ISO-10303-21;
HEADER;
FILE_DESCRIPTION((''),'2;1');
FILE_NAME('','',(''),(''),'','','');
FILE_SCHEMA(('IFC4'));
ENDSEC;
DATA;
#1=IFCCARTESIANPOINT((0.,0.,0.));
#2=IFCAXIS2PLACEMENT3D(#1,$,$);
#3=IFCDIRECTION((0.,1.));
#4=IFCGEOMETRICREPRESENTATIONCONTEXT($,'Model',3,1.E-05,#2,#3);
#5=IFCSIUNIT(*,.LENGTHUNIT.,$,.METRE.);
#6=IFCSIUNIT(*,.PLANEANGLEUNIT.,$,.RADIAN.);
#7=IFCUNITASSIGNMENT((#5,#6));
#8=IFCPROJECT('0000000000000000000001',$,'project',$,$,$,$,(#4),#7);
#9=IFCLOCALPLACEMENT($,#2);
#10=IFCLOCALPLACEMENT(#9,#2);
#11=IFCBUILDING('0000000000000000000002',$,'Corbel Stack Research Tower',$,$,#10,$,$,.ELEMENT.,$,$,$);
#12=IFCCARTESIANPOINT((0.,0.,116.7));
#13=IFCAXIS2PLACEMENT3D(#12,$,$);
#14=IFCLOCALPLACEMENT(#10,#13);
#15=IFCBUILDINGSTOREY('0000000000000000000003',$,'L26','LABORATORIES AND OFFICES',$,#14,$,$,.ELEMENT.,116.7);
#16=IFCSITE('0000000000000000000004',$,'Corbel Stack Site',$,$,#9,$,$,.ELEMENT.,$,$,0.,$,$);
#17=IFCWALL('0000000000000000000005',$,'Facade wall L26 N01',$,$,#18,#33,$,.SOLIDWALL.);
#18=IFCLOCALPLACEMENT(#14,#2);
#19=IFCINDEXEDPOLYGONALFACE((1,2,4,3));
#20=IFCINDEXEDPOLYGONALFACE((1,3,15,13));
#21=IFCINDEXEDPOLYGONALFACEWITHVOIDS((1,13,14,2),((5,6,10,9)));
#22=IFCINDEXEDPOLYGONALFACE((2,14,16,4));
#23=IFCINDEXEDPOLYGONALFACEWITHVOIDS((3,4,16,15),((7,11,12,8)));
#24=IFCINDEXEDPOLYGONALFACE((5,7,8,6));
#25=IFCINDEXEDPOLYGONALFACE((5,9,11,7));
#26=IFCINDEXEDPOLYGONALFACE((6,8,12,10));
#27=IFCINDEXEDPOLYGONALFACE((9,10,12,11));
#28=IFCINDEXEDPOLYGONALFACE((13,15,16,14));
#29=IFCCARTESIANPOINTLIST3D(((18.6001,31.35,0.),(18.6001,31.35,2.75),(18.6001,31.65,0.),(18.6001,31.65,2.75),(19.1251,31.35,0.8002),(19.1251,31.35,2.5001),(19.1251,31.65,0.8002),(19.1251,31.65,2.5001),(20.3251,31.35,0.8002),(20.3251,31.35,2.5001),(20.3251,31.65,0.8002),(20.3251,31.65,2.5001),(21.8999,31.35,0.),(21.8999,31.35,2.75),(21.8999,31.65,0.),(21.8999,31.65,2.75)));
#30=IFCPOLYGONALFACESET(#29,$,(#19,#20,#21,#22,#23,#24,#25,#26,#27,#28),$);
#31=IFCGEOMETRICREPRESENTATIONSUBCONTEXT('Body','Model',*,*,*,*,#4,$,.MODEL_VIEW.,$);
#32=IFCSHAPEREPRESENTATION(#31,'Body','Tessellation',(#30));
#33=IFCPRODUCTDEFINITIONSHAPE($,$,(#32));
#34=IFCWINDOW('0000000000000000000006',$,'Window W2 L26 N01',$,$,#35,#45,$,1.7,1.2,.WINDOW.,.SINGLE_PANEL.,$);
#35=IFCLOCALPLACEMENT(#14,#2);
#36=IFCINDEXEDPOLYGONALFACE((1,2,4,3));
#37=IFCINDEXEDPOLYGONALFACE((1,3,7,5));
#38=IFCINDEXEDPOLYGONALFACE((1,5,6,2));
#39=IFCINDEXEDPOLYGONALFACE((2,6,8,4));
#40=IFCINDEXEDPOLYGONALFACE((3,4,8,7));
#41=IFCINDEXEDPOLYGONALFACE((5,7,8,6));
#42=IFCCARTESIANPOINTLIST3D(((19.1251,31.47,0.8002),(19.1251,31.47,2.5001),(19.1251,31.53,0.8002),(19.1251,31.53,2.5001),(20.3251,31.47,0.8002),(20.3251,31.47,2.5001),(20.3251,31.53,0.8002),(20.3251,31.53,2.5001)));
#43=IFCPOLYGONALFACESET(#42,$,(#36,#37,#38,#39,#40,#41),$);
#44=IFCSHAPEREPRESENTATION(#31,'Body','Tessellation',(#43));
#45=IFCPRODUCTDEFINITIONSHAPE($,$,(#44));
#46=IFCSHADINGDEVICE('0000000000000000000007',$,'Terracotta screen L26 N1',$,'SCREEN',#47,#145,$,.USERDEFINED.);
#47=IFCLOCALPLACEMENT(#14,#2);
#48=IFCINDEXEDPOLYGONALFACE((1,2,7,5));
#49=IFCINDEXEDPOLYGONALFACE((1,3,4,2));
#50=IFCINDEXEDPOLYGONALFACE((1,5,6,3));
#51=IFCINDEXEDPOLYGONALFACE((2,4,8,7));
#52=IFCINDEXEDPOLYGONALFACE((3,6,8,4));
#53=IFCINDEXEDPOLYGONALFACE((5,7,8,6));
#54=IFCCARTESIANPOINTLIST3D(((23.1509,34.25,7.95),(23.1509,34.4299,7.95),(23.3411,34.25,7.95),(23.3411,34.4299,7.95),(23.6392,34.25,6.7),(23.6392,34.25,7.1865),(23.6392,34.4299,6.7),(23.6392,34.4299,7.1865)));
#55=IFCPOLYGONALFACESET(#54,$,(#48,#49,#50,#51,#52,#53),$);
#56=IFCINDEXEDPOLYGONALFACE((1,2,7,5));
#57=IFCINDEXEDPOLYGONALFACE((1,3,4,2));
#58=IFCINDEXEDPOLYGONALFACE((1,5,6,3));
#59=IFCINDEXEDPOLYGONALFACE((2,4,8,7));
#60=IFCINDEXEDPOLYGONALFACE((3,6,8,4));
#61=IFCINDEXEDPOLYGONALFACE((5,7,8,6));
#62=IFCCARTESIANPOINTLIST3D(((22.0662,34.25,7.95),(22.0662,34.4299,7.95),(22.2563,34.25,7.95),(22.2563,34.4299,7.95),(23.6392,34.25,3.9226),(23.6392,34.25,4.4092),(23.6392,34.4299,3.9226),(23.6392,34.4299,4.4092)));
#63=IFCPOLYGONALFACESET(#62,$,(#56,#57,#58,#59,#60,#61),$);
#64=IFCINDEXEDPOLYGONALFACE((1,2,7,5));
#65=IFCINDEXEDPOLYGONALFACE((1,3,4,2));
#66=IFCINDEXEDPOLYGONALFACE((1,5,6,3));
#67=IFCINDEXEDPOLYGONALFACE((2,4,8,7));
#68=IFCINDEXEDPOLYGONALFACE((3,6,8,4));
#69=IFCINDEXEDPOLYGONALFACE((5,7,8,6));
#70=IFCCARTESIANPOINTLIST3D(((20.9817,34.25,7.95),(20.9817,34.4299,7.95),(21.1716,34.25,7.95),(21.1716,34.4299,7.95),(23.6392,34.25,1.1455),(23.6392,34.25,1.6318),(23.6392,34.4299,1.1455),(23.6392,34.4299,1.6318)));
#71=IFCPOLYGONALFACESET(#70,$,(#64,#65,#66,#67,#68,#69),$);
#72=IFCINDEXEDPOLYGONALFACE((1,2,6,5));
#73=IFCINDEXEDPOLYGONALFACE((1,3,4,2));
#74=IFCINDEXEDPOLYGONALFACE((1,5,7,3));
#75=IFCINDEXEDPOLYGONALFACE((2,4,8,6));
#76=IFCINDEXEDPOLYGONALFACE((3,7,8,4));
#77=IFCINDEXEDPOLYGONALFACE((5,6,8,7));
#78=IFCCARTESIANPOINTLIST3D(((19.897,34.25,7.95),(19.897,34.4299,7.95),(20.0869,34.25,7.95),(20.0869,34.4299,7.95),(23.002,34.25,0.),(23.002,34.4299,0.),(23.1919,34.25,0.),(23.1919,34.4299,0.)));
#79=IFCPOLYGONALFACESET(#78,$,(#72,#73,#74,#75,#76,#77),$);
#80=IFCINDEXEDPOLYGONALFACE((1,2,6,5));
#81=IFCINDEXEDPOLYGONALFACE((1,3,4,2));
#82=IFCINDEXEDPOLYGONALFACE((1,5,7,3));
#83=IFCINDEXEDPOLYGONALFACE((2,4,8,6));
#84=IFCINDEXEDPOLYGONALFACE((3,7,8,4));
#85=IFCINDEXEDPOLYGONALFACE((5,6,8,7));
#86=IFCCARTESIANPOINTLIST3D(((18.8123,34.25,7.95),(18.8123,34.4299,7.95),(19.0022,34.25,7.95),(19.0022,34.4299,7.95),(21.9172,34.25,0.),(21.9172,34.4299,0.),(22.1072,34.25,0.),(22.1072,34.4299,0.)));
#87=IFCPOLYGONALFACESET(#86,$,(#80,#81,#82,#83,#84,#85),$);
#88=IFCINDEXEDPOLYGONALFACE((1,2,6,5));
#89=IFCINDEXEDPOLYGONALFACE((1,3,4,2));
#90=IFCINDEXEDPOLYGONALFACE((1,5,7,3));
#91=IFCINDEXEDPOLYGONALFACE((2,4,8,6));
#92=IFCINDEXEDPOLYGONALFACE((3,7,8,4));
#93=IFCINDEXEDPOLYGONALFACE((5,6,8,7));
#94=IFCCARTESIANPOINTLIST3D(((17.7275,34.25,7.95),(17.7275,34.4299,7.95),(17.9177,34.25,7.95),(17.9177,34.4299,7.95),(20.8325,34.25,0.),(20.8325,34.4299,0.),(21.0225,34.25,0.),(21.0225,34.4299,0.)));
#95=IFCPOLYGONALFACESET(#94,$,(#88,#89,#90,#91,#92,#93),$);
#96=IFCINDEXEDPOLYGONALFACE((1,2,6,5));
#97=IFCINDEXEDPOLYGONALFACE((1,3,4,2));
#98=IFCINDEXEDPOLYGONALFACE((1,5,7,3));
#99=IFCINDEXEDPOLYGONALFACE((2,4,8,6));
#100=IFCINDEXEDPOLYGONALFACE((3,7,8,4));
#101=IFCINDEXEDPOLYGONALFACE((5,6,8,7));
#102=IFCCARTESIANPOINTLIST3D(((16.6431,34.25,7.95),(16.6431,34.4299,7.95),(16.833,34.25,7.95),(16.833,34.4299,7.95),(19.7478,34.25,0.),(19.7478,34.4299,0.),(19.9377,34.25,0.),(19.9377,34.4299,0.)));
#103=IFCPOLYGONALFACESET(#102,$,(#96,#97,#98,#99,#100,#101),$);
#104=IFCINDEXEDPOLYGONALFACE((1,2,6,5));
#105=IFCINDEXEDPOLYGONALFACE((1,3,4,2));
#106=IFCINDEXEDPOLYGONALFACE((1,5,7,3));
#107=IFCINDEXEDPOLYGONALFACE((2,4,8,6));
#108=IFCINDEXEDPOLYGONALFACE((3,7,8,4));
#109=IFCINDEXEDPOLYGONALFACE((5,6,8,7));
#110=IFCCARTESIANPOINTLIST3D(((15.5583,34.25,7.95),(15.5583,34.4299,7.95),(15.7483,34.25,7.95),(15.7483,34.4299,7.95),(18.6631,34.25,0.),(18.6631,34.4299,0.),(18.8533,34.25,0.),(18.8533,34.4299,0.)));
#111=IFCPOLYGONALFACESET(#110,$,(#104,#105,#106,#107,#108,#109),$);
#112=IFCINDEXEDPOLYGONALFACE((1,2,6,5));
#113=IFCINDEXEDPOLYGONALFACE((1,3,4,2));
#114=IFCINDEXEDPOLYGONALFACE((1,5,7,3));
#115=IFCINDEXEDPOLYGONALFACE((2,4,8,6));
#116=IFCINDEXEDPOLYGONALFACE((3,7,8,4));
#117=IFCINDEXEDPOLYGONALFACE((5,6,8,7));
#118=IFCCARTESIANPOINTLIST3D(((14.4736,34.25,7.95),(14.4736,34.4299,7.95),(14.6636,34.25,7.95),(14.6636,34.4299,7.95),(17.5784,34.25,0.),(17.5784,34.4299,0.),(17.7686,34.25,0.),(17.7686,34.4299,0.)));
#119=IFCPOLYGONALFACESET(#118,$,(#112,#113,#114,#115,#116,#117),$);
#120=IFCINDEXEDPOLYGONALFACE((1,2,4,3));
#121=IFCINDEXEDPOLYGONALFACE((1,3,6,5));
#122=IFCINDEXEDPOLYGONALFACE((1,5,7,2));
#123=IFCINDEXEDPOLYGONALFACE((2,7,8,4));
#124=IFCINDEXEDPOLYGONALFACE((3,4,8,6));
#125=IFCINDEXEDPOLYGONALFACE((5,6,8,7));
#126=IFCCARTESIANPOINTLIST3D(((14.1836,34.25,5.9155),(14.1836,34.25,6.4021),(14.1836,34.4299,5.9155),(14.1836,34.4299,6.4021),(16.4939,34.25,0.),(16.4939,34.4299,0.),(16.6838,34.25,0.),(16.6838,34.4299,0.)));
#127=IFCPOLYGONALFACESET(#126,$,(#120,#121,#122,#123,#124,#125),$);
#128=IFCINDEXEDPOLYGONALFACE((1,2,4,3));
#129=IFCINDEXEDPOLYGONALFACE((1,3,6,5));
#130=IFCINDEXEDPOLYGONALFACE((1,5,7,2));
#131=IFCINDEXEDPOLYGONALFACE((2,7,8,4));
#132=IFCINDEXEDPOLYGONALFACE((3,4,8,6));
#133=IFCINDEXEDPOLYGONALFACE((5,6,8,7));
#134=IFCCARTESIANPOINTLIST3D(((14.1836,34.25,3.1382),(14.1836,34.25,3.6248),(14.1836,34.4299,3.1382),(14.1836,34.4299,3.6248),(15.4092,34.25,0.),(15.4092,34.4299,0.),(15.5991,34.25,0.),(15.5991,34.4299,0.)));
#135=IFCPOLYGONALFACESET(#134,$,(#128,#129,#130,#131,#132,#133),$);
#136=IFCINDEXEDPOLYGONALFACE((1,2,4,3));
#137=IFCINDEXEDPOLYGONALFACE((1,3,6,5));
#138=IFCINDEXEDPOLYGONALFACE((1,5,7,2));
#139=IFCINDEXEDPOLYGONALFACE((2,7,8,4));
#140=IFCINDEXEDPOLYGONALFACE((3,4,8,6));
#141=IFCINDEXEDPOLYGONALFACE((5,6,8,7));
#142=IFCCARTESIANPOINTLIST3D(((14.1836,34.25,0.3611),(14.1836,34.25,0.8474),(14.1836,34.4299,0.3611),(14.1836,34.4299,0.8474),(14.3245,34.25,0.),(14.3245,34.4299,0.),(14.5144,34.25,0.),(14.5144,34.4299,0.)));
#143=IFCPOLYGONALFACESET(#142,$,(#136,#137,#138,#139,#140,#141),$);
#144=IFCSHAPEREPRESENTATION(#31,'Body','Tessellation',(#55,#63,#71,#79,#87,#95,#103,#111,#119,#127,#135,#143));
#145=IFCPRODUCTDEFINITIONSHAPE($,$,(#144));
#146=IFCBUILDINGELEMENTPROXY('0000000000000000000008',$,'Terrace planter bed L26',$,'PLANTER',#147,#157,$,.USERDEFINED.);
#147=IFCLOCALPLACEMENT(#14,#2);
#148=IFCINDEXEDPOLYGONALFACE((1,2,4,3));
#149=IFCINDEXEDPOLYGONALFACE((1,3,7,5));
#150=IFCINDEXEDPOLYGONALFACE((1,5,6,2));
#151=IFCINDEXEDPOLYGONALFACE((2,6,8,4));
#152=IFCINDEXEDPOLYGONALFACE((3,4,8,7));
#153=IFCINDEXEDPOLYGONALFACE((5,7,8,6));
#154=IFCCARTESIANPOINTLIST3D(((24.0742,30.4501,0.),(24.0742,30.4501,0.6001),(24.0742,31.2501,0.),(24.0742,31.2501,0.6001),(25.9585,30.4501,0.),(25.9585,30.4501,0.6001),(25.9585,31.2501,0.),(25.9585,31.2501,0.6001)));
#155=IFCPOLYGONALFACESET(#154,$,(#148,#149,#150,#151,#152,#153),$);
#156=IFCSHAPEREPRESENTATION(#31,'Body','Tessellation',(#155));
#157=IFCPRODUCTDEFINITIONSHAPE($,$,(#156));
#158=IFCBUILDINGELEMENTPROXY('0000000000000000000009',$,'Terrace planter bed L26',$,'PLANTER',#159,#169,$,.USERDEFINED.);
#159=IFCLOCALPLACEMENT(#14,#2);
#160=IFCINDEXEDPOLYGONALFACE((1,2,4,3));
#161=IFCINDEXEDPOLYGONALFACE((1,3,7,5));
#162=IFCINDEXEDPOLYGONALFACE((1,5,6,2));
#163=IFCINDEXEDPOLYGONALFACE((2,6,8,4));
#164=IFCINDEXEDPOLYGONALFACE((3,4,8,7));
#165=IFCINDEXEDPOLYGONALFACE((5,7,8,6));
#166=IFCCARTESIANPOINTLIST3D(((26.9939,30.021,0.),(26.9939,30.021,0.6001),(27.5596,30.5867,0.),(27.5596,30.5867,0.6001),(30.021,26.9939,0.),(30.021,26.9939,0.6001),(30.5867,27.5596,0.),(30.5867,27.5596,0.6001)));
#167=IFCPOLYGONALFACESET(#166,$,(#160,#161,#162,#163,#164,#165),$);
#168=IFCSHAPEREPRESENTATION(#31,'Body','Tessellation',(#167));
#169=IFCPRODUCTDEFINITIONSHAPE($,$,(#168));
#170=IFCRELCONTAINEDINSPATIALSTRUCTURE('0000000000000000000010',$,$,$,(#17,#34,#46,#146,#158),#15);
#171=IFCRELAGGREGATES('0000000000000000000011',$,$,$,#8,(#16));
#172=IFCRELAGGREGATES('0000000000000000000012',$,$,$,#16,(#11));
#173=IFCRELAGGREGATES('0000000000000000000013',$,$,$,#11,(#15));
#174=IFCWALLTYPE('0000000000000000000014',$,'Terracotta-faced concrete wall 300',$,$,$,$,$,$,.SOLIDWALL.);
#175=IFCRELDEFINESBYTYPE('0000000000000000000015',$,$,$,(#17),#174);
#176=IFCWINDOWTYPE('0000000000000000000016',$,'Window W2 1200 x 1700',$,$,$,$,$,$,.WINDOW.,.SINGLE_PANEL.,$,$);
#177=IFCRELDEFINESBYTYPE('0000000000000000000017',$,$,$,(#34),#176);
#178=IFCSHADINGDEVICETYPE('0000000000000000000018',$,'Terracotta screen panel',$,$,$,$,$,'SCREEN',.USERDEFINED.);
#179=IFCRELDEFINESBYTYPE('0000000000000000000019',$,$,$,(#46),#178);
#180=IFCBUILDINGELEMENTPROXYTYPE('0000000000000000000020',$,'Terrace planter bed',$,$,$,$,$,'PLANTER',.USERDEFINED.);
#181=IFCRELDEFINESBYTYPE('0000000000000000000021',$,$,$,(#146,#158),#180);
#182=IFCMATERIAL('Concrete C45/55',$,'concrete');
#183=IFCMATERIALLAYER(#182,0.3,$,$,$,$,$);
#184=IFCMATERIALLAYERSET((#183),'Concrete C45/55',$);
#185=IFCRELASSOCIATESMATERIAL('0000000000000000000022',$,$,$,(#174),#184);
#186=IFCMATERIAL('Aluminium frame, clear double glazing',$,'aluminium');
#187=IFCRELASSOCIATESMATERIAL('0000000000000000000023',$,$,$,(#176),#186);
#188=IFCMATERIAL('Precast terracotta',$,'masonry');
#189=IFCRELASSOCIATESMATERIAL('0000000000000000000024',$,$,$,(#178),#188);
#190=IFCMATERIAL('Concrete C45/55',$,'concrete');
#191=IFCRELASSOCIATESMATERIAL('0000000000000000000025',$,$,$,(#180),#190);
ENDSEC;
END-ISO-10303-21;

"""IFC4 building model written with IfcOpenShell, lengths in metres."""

from ifc_helpers import new_model, si_unit, direction, frame, frame_2d, origin, origin_2d, place, context, subcontext, project, spatial, polyline, rectangle, outline, extrude, source, transform, mapped, material, layer, layer_set, type_object, element, fill, save


model = new_model("IFC4")

# Units and contexts
model_context = context("Model", 3, precision=1e-05, world=origin(), true_north=direction((0.0, 1.0)))
body_context = subcontext(model_context, "Body", "Model", "MODEL_VIEW")
ifc_project = project(units=[si_unit("LENGTHUNIT", "METRE"), si_unit("PLANEANGLEUNIT", "RADIAN")], contexts=[model_context])

# Site, building, storey
site_placement = place(None, origin())
site = spatial("IfcSite", under=ifc_project, at=site_placement, Name="Corbel Stack Site", CompositionType="ELEMENT", RefElevation=0.0)
building_placement = place(site_placement, origin())
building = spatial("IfcBuilding", under=site, at=building_placement, Name="Corbel Stack Research Tower", CompositionType="ELEMENT")
storey_placement = place(building_placement, frame((0.0, 0.0, 116.7)))
storey = spatial("IfcBuildingStorey", under=building, at=storey_placement, Name="L26", Description="LABORATORIES AND OFFICES", CompositionType="ELEMENT", Elevation=116.7)

# Shared definitions
ifc_material_1 = material(Name="Concrete C45/55", Category="concrete")
ifc_layer_1 = layer(ifc_material_1, 0.3)
ifc_layer_set_1 = layer_set([ifc_layer_1], Name="Concrete C45/55")
wall_type_1 = type_object("IfcWallType", Name="Terracotta-faced concrete wall 300", PredefinedType="SOLIDWALL", material=ifc_layer_set_1)

# Wall, opening, window
wall_1_placement = place(storey_placement, frame((18.6001, 31.5, 0.0), z_axis=(0.0, 0.0, 1.0), x_axis=(1.0, 0.0, 0.0)))
wall_1 = element("IfcWall", 1, at=wall_1_placement, inside=storey, type_object=wall_type_1, Name="Facade wall L26 N01", PredefinedType="SOLIDWALL", context=body_context, shape_type="SweptSolid", body=[
    extrude(rectangle(XDim=3.2998, YDim=0.3, at=frame_2d((1.6499, 0.0))), origin(), (0.0, 0.0, 1.0), 2.75),
])
opening_1_placement = place(wall_1_placement, frame((0.5249, 0.0, 0.8)))
opening_1 = element("IfcOpeningElement", 2, at=opening_1_placement, cuts=wall_1, PredefinedType="OPENING", context=body_context, shape_type="SweptSolid", body=[
    extrude(rectangle(XDim=1.2, YDim=1.7, at=frame_2d((0.6001, 0.8501))), frame((0.0, 0.1599, 0.0), z_axis=(0.0, -1.0, 0.0), x_axis=(1.0, 0.0, 0.0)), (0.0, 0.0, 1.0), 0.3201),
])
ifc_material_2 = material(Name="Aluminium frame, clear double glazing", Category="aluminium")
window_type = type_object("IfcWindowType", Name="Window W2 1200 x 1700", PartitioningType="SINGLE_PANEL", PredefinedType="WINDOW", material=ifc_material_2)
window_placement = place(opening_1_placement, origin())
window = element("IfcWindow", 3, at=window_placement, inside=storey, type_object=window_type, Name="Window W2 L26 N01", OverallHeight=1.7, OverallWidth=1.2, PartitioningType="SINGLE_PANEL", PredefinedType="WINDOW", context=body_context, shape_type="SweptSolid", body=[
    extrude(rectangle(XDim=1.2, YDim=1.7, at=frame_2d((0.6001, 0.8501))), frame((0.0, 0.03, 0.0), z_axis=(0.0, -1.0, 0.0), x_axis=(1.0, 0.0, 0.0)), (0.0, 0.0, 1.0), 0.0601),
])
fill(opening_1, window)

# Shading device
ifc_material_3 = material(Name="Precast terracotta", Category="masonry")
shading_device_type = type_object("IfcShadingDeviceType", Name="Terracotta screen panel", ElementType="SCREEN", PredefinedType="USERDEFINED", material=ifc_material_3)
shared_shape = source(origin(), body_context, "Body", "SweptSolid", [
    extrude(outline(polyline([(0.4883, 7.95), (0.2981, 7.95), (0.0, 7.1865), (0.0, 6.7), (0.4883, 7.95)])), frame((0.0, 0.0, 0.0), z_axis=(0.0, -1.0, 0.0), x_axis=(1.0, 0.0, 0.0)), (0.0, 0.0, 1.0), 0.1799),
    extrude(outline(polyline([(1.573, 7.95), (1.3828, 7.95), (0.0, 4.4092), (0.0, 3.9226), (1.573, 7.95)])), frame((0.0, 0.0, 0.0), z_axis=(0.0, -1.0, 0.0), x_axis=(1.0, 0.0, 0.0)), (0.0, 0.0, 1.0), 0.1799),
    extrude(outline(polyline([(2.6575, 7.95), (2.4675, 7.95), (0.0, 1.6318), (0.0, 1.1455), (2.6575, 7.95)])), frame((0.0, 0.0, 0.0), z_axis=(0.0, -1.0, 0.0), x_axis=(1.0, 0.0, 0.0)), (0.0, 0.0, 1.0), 0.1799),
    extrude(outline(polyline([(0.6372, 0.0), (3.7422, 7.95), (3.5522, 7.95), (0.4473, 0.0), (0.6372, 0.0)])), frame((0.0, 0.0, 0.0), z_axis=(0.0, -1.0, 0.0), x_axis=(1.0, 0.0, 0.0)), (0.0, 0.0, 1.0), 0.1799),
    extrude(outline(polyline([(1.7219, 0.0), (4.8269, 7.95), (4.637, 7.95), (1.532, 0.0), (1.7219, 0.0)])), frame((0.0, 0.0, 0.0), z_axis=(0.0, -1.0, 0.0), x_axis=(1.0, 0.0, 0.0)), (0.0, 0.0, 1.0), 0.1799),
    extrude(outline(polyline([(2.8066, 0.0), (5.9116, 7.95), (5.7214, 7.95), (2.6167, 0.0), (2.8066, 0.0)])), frame((0.0, 0.0, 0.0), z_axis=(0.0, -1.0, 0.0), x_axis=(1.0, 0.0, 0.0)), (0.0, 0.0, 1.0), 0.1799),
    extrude(outline(polyline([(3.8914, 0.0), (6.9961, 7.95), (6.8062, 7.95), (3.7014, 0.0), (3.8914, 0.0)])), frame((0.0, 0.0, 0.0), z_axis=(0.0, -1.0, 0.0), x_axis=(1.0, 0.0, 0.0)), (0.0, 0.0, 1.0), 0.1799),
    extrude(outline(polyline([(4.9761, 0.0), (8.0808, 7.95), (7.8909, 7.95), (4.7859, 0.0), (4.9761, 0.0)])), frame((0.0, 0.0, 0.0), z_axis=(0.0, -1.0, 0.0), x_axis=(1.0, 0.0, 0.0)), (0.0, 0.0, 1.0), 0.1799),
    extrude(outline(polyline([(6.0608, 0.0), (9.1655, 7.95), (8.9756, 7.95), (5.8706, 0.0), (6.0608, 0.0)])), frame((0.0, 0.0, 0.0), z_axis=(0.0, -1.0, 0.0), x_axis=(1.0, 0.0, 0.0)), (0.0, 0.0, 1.0), 0.1799),
    extrude(outline(polyline([(7.1453, 0.0), (9.4556, 5.9155), (9.4556, 6.4021), (6.9553, 0.0), (7.1453, 0.0)])), frame((0.0, 0.0, 0.0), z_axis=(0.0, -1.0, 0.0), x_axis=(1.0, 0.0, 0.0)), (0.0, 0.0, 1.0), 0.1799),
    extrude(outline(polyline([(8.23, 0.0), (9.4556, 3.1382), (9.4556, 3.6248), (8.04, 0.0), (8.23, 0.0)])), frame((0.0, 0.0, 0.0), z_axis=(0.0, -1.0, 0.0), x_axis=(1.0, 0.0, 0.0)), (0.0, 0.0, 1.0), 0.1799),
    extrude(outline(polyline([(9.3147, 0.0), (9.4556, 0.3611), (9.4556, 0.8474), (9.1248, 0.0), (9.3147, 0.0)])), frame((0.0, 0.0, 0.0), z_axis=(0.0, -1.0, 0.0), x_axis=(1.0, 0.0, 0.0)), (0.0, 0.0, 1.0), 0.1799),
])
shading_device_placement = place(storey_placement, frame((23.6392, 34.25, 0.0), z_axis=(0.0, 0.0, 1.0), x_axis=(-1.0, 0.0, 0.0)))
element("IfcShadingDevice", 4, at=shading_device_placement, inside=storey, type_object=shading_device_type, Name="Terracotta screen L26 N1", ObjectType="SCREEN", PredefinedType="USERDEFINED", context=body_context, shape_type="MappedRepresentation", body=[
    mapped(shared_shape, transform((0.0, 0.0, 0.0))),
])

# Building element proxies
ifc_material_4 = material(Name="Concrete C45/55", Category="concrete")
building_element_proxy_type = type_object("IfcBuildingElementProxyType", Name="Terrace planter bed", ElementType="PLANTER", PredefinedType="USERDEFINED", material=ifc_material_4)
proxy_1_placement = place(storey_placement, frame((25.0164, 30.8501, 0.0), z_axis=(0.0, 0.0, 1.0), x_axis=(1.0, 0.0, 0.0)))
element("IfcBuildingElementProxy", 5, at=proxy_1_placement, inside=storey, type_object=building_element_proxy_type, Name="Terrace planter bed L26", ObjectType="PLANTER", PredefinedType="USERDEFINED", context=body_context, shape_type="SweptSolid", body=[
    extrude(rectangle(XDim=1.8843, YDim=0.8, at=origin_2d()), origin(), (0.0, 0.0, 1.0), 0.6001),
])
proxy_2_placement = place(storey_placement, frame((28.7903, 28.7903, 0.0), z_axis=(0.0, 0.0, 1.0), x_axis=(0.707107, -0.707107, 0.0)))
element("IfcBuildingElementProxy", 6, at=proxy_2_placement, inside=storey, type_object=building_element_proxy_type, Name="Terrace planter bed L26", ObjectType="PLANTER", PredefinedType="USERDEFINED", context=body_context, shape_type="SweptSolid", body=[
    extrude(rectangle(XDim=4.281, YDim=0.8, at=origin_2d()), origin(), (0.0, 0.0, 1.0), 0.6001),
])

save(model, "model.ifc")
